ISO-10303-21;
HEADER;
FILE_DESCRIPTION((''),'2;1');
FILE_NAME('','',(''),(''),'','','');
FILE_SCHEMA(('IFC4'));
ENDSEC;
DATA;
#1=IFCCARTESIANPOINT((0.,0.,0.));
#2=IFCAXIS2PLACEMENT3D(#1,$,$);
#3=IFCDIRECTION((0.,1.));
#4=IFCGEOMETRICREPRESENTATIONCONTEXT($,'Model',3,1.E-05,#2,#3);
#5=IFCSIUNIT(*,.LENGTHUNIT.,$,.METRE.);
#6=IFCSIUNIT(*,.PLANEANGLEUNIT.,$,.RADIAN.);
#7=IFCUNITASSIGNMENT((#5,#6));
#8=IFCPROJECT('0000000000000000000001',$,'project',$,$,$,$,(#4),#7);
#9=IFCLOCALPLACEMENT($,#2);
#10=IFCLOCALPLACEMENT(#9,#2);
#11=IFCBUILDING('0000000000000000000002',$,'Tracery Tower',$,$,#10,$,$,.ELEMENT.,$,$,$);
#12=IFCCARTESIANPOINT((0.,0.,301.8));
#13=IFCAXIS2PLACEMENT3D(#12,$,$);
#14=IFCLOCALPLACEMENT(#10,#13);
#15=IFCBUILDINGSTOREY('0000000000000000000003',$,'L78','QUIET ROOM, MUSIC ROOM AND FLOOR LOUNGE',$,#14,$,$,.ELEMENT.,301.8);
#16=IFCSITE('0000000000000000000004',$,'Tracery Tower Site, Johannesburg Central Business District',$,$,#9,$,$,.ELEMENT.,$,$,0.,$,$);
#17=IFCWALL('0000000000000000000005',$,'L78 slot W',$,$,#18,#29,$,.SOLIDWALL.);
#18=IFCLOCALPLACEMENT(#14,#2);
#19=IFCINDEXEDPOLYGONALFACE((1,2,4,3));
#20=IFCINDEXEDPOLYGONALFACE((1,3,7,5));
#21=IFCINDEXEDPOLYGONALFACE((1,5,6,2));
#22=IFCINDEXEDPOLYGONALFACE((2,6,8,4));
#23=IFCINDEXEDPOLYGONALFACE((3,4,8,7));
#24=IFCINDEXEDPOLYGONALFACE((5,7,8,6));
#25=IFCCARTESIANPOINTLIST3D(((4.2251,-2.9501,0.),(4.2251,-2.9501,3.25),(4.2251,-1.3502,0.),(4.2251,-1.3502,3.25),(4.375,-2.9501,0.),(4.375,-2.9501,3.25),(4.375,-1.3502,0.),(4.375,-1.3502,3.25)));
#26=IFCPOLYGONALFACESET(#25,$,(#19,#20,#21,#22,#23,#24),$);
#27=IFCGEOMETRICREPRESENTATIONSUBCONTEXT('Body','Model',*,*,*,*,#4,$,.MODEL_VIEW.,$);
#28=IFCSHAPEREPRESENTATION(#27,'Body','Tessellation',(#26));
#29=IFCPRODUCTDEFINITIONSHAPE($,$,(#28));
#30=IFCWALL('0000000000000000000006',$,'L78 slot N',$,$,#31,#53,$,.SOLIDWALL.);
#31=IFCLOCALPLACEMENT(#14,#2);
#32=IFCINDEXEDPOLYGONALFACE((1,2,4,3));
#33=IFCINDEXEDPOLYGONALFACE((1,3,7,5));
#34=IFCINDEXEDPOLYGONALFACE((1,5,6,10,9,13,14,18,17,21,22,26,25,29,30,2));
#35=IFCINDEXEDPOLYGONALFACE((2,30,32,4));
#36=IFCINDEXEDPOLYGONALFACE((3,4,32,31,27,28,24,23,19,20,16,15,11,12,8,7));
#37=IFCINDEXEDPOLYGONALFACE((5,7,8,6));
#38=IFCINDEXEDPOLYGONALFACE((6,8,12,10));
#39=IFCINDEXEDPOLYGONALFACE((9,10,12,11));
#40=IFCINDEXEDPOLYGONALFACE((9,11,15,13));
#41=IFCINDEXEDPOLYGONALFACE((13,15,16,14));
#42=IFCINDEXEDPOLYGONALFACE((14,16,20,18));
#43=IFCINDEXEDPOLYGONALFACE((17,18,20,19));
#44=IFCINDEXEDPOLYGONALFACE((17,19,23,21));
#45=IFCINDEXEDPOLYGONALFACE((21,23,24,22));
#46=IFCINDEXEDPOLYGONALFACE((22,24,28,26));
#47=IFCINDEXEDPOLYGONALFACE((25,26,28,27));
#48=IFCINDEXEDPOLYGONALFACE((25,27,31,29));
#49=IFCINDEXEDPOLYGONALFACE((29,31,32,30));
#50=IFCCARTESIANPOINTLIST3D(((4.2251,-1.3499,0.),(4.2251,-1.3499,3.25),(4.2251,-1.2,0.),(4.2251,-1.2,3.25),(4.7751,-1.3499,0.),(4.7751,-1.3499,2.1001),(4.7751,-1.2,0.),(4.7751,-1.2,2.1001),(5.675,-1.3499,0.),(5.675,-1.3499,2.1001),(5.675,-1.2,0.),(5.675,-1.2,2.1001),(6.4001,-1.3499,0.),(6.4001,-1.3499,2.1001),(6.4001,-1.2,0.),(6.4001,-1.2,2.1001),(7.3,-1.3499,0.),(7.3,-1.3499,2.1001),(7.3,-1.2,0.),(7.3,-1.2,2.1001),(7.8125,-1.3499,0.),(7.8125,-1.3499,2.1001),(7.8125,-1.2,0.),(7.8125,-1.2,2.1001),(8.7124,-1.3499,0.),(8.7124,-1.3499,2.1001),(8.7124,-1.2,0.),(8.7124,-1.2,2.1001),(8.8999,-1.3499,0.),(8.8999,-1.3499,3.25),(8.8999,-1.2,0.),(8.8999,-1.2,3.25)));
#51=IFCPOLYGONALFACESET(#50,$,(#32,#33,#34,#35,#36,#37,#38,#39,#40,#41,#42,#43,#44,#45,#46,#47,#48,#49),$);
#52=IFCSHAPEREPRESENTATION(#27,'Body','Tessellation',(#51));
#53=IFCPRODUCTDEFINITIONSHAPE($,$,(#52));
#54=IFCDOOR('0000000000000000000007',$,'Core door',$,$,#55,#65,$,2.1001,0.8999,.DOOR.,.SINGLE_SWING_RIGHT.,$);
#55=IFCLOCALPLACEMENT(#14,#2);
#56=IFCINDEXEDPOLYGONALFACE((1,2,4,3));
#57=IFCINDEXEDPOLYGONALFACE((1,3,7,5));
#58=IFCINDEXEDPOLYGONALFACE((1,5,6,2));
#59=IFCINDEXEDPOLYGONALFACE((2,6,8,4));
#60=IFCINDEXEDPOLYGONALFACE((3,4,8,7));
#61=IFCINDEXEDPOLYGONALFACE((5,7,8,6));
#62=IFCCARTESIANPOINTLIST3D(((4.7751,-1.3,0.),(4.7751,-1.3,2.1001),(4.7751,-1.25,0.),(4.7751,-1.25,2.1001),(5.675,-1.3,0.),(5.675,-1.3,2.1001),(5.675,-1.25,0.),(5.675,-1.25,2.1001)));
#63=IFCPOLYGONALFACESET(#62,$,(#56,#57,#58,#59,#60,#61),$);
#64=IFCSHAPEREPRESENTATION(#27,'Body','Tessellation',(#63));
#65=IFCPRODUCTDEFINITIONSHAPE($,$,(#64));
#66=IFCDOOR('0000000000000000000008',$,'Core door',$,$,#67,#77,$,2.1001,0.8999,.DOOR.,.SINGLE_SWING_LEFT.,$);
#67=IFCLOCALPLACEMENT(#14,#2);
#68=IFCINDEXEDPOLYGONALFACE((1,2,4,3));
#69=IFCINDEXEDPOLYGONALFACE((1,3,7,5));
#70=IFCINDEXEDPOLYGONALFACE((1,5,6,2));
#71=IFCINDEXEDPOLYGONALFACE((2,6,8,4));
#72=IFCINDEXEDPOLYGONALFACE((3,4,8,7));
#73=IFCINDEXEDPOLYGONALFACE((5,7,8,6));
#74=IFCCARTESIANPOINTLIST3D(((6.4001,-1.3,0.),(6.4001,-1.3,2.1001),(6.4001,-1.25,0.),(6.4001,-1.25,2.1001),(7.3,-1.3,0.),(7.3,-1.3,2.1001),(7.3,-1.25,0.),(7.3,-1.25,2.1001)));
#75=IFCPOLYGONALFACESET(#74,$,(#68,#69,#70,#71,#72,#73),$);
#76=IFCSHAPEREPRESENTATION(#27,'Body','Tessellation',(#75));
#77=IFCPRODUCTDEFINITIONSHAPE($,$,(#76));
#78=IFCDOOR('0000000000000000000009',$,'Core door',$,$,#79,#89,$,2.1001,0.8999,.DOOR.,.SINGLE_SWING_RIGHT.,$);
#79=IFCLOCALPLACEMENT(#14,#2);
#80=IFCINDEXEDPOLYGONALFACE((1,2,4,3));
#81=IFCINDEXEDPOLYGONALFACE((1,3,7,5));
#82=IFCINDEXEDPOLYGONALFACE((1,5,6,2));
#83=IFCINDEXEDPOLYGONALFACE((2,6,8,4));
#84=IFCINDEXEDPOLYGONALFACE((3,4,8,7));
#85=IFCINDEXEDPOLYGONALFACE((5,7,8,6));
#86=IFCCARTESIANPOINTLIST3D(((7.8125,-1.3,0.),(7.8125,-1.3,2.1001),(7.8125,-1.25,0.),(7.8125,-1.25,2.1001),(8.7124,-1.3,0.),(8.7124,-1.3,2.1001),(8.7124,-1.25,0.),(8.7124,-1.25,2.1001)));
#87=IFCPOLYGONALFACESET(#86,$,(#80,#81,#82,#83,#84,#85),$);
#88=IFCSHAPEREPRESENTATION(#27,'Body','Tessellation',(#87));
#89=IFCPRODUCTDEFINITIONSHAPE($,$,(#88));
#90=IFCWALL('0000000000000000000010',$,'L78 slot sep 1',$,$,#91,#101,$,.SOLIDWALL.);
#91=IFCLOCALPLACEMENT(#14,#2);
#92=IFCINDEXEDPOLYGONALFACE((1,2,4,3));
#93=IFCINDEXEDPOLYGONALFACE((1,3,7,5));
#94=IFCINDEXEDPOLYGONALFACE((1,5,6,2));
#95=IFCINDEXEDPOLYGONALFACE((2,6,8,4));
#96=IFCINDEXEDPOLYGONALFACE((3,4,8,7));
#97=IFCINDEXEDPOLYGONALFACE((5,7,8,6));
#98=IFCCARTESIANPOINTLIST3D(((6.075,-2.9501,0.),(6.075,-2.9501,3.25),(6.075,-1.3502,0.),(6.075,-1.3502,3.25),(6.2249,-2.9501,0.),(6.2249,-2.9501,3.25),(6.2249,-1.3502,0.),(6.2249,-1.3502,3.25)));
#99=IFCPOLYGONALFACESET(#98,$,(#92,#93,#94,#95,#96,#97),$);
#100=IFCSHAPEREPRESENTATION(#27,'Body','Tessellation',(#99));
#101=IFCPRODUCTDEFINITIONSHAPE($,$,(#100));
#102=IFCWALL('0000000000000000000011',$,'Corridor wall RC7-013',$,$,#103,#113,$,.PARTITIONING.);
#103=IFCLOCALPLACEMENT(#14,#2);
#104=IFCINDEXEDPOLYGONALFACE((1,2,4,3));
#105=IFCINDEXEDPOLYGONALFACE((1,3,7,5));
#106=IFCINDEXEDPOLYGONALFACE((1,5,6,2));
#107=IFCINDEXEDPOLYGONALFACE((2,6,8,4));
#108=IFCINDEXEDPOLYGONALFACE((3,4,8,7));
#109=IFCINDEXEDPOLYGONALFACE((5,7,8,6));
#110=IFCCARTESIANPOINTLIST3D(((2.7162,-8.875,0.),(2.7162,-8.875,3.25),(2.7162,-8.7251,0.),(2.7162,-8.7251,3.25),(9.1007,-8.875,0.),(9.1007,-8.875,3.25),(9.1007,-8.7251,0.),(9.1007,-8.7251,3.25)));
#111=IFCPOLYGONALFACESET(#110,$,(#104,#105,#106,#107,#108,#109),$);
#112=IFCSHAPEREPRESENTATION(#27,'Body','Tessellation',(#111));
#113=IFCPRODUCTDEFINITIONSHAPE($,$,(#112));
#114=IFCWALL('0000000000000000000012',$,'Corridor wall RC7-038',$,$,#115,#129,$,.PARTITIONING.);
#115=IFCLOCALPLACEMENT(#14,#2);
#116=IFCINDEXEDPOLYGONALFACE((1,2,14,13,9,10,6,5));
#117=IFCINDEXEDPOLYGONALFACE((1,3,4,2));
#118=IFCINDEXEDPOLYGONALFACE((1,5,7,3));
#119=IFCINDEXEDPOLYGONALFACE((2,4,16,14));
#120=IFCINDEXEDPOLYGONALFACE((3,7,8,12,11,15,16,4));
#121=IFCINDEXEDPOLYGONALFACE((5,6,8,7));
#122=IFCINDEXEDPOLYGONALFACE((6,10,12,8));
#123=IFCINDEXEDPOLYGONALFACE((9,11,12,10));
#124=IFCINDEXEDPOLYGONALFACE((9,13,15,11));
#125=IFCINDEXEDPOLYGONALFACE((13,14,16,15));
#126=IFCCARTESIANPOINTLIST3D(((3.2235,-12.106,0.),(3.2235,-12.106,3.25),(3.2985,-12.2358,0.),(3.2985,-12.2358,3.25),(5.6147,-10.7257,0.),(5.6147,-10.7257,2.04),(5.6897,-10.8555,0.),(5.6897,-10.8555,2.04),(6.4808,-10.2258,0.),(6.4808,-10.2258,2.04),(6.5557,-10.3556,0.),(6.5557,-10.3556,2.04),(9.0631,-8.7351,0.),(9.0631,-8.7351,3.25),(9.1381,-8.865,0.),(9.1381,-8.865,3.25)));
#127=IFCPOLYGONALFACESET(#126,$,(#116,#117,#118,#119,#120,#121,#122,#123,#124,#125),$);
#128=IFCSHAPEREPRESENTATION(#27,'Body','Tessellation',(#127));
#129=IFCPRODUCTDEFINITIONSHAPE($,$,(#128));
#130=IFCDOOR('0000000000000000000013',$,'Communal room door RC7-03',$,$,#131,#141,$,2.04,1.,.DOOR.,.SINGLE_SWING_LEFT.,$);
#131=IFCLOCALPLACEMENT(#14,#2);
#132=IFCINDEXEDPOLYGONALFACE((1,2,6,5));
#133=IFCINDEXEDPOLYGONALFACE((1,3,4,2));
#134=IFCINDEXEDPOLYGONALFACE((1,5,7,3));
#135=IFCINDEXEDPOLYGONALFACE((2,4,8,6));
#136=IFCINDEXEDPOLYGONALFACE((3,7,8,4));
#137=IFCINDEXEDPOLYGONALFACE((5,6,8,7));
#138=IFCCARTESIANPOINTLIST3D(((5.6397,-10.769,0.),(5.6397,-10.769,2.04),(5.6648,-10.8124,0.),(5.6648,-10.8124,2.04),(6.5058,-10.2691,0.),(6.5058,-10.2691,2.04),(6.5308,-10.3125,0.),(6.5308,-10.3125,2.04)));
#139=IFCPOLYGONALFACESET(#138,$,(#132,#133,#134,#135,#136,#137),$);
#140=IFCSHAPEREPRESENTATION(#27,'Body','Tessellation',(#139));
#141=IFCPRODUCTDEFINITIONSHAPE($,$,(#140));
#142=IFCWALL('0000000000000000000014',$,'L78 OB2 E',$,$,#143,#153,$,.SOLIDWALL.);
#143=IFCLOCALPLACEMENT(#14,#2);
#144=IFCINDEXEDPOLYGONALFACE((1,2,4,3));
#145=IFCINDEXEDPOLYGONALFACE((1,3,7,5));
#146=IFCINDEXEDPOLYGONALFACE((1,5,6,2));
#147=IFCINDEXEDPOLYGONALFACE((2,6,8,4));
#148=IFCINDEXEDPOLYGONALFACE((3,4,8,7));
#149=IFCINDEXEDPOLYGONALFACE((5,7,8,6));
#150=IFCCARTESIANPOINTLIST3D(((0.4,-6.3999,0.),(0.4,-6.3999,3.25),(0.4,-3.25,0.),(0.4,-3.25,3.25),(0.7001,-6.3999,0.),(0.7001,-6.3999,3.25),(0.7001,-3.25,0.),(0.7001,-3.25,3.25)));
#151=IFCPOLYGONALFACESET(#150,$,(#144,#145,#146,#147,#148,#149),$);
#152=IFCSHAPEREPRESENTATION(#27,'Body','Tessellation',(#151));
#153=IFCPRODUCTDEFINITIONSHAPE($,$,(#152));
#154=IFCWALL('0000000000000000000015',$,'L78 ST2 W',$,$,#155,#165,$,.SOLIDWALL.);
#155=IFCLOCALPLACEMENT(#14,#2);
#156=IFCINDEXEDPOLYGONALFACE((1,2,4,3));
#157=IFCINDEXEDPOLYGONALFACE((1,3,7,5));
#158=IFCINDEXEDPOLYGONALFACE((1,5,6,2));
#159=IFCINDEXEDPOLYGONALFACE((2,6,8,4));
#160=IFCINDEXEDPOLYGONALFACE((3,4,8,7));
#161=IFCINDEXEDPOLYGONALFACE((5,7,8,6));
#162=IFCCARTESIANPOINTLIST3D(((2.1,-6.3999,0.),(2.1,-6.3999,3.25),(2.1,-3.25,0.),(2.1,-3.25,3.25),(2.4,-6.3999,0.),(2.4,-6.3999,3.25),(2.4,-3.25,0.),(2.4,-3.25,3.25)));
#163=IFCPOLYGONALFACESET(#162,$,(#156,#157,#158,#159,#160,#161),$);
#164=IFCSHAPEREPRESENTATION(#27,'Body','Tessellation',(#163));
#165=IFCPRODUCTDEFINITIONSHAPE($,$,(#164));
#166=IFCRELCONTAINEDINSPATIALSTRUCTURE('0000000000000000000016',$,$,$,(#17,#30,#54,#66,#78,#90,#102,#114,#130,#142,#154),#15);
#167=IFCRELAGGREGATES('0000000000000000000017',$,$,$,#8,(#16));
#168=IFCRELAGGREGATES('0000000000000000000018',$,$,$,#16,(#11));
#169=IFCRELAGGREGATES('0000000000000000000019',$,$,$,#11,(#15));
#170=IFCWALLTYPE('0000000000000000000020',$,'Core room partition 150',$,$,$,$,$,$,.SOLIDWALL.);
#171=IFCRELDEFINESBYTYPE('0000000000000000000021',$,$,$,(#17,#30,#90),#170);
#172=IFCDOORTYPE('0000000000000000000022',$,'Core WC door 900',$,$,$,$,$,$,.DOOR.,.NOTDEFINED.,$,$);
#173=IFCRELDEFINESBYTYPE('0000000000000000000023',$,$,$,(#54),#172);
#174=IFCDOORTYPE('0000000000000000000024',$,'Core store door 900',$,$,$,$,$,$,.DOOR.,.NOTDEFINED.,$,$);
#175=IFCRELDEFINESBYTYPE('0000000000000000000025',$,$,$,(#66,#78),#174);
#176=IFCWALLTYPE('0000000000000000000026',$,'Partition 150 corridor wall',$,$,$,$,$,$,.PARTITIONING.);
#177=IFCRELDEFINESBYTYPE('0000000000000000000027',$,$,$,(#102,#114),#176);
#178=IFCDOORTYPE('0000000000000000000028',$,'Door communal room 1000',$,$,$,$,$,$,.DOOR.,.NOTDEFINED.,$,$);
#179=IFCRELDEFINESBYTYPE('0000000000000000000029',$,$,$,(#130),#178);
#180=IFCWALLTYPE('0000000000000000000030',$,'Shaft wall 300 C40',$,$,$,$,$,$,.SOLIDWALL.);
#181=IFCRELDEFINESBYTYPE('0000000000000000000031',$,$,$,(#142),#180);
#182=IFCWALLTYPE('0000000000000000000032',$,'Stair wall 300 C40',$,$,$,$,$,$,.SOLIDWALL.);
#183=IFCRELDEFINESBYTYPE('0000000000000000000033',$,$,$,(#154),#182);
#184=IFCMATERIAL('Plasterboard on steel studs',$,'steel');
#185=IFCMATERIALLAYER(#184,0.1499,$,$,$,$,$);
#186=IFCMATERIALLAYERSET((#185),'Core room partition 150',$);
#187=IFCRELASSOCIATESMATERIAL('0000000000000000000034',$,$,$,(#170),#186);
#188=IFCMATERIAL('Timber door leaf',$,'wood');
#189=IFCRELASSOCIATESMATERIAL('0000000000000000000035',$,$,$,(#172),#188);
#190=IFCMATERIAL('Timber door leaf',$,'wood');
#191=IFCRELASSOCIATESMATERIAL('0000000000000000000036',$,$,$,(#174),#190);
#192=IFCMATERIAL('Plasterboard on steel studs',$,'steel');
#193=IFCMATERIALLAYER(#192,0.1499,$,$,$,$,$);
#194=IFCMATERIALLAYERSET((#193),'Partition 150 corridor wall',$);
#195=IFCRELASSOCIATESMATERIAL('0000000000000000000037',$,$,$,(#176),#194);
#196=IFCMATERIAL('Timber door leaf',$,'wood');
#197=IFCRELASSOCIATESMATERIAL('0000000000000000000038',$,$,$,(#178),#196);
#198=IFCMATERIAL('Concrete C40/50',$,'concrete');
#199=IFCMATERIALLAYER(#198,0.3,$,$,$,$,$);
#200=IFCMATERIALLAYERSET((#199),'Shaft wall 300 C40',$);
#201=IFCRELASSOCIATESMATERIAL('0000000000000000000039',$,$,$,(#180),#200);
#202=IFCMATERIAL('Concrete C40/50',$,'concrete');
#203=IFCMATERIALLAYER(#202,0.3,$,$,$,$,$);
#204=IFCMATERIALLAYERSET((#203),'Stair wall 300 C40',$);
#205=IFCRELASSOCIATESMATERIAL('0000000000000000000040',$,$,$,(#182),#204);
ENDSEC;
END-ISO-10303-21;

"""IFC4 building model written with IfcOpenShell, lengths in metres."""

from ifc_helpers import new_model, si_unit, direction, frame, frame_2d, origin, place, context, subcontext, project, spatial, rectangle, extrude, material, layer, layer_set, type_object, element, fill, save


model = new_model("IFC4")

# Units and contexts
model_context = context("Model", 3, precision=1e-05, world=origin(), true_north=direction((0.0, 1.0)))
body_context = subcontext(model_context, "Body", "Model", "MODEL_VIEW")
ifc_project = project(units=[si_unit("LENGTHUNIT", "METRE"), si_unit("PLANEANGLEUNIT", "RADIAN")], contexts=[model_context])

# Site, building, storey
site_placement = place(None, origin())
site = spatial("IfcSite", under=ifc_project, at=site_placement, Name="Tracery Tower Site, Johannesburg Central Business District", CompositionType="ELEMENT", RefElevation=0.0)
building_placement = place(site_placement, origin())
building = spatial("IfcBuilding", under=site, at=building_placement, Name="Tracery Tower", CompositionType="ELEMENT")
storey_placement = place(building_placement, frame((0.0, 0.0, 301.8)))
storey = spatial("IfcBuildingStorey", under=building, at=storey_placement, Name="L78", Description="QUIET ROOM, MUSIC ROOM AND FLOOR LOUNGE", CompositionType="ELEMENT", Elevation=301.8)

# Wall
ifc_material_1 = material(Name="Plasterboard on steel studs", Category="steel")
ifc_layer_1 = layer(ifc_material_1, 0.1499)
ifc_layer_set_1 = layer_set([ifc_layer_1], Name="Core room partition 150")
wall_type_1 = type_object("IfcWallType", Name="Core room partition 150", PredefinedType="SOLIDWALL", material=ifc_layer_set_1)
wall_1_placement = place(storey_placement, frame((4.3, -2.95, 0.0), z_axis=(0.0, 0.0, 1.0), x_axis=(0.0, 1.0, 0.0)))
element("IfcWall", 1, at=wall_1_placement, inside=storey, type_object=wall_type_1, Name="L78 slot W", PredefinedType="SOLIDWALL", context=body_context, shape_type="SweptSolid", body=[
    extrude(rectangle(XDim=1.5999, YDim=0.1499, at=frame_2d((0.7998, 0.0))), origin(), (0.0, 0.0, 1.0), 3.25),
])

# Wall, openings, doors
wall_2_placement = place(storey_placement, frame((4.2251, -1.2749, 0.0), z_axis=(0.0, 0.0, 1.0), x_axis=(1.0, 0.0, 0.0)))
wall_2 = element("IfcWall", 2, at=wall_2_placement, inside=storey, type_object=wall_type_1, Name="L78 slot N", PredefinedType="SOLIDWALL", context=body_context, shape_type="SweptSolid", body=[
    extrude(rectangle(XDim=4.6748, YDim=0.1499, at=frame_2d((2.3374, 0.0))), origin(), (0.0, 0.0, 1.0), 3.25),
])
opening_1_placement = place(wall_2_placement, frame((0.55, 0.0, 0.0)))
opening_1 = element("IfcOpeningElement", 3, at=opening_1_placement, cuts=wall_2, PredefinedType="OPENING", context=body_context, shape_type="SweptSolid", body=[
    extrude(rectangle(XDim=0.8999, YDim=2.1001, at=frame_2d((0.45, 1.05))), frame((0.0, 0.075, 0.0), z_axis=(0.0, -1.0, 0.0), x_axis=(1.0, 0.0, 0.0)), (0.0, 0.0, 1.0), 0.1499),
])
opening_2_placement = place(wall_2_placement, frame((2.175, 0.0, 0.0)))
opening_2 = element("IfcOpeningElement", 4, at=opening_2_placement, cuts=wall_2, PredefinedType="OPENING", context=body_context, shape_type="SweptSolid", body=[
    extrude(rectangle(XDim=0.8999, YDim=2.1001, at=frame_2d((0.45, 1.05))), frame((0.0, 0.075, 0.0), z_axis=(0.0, -1.0, 0.0), x_axis=(1.0, 0.0, 0.0)), (0.0, 0.0, 1.0), 0.1499),
])
opening_3_placement = place(wall_2_placement, frame((3.5874, 0.0, 0.0)))
opening_3 = element("IfcOpeningElement", 5, at=opening_3_placement, cuts=wall_2, PredefinedType="OPENING", context=body_context, shape_type="SweptSolid", body=[
    extrude(rectangle(XDim=0.8999, YDim=2.1001, at=frame_2d((0.45, 1.05))), frame((0.0, 0.075, 0.0), z_axis=(0.0, -1.0, 0.0), x_axis=(1.0, 0.0, 0.0)), (0.0, 0.0, 1.0), 0.1499),
])
ifc_material_2 = material(Name="Timber door leaf", Category="wood")
door_type_1 = type_object("IfcDoorType", Name="Core WC door 900", OperationType="NOTDEFINED", PredefinedType="DOOR", material=ifc_material_2)
door_1_placement = place(opening_1_placement, origin())
door_1 = element("IfcDoor", 6, at=door_1_placement, inside=storey, type_object=door_type_1, Name="Core door", OperationType="SINGLE_SWING_RIGHT", OverallHeight=2.1001, OverallWidth=0.8999, PredefinedType="DOOR", context=body_context, shape_type="SweptSolid", body=[
    extrude(rectangle(XDim=0.8999, YDim=2.1001, at=frame_2d((0.45, 1.05))), frame((0.0, 0.0249, 0.0), z_axis=(0.0, -1.0, 0.0), x_axis=(1.0, 0.0, 0.0)), (0.0, 0.0, 1.0), 0.05),
])
fill(opening_1, door_1)
ifc_material_3 = material(Name="Timber door leaf", Category="wood")
door_type_2 = type_object("IfcDoorType", Name="Core store door 900", OperationType="NOTDEFINED", PredefinedType="DOOR", material=ifc_material_3)
door_2_placement = place(opening_2_placement, origin())
door_2 = element("IfcDoor", 7, at=door_2_placement, inside=storey, type_object=door_type_2, Name="Core door", OperationType="SINGLE_SWING_LEFT", OverallHeight=2.1001, OverallWidth=0.8999, PredefinedType="DOOR", context=body_context, shape_type="SweptSolid", body=[
    extrude(rectangle(XDim=0.8999, YDim=2.1001, at=frame_2d((0.45, 1.05))), frame((0.0, 0.0249, 0.0), z_axis=(0.0, -1.0, 0.0), x_axis=(1.0, 0.0, 0.0)), (0.0, 0.0, 1.0), 0.05),
])
fill(opening_2, door_2)
door_3_placement = place(opening_3_placement, origin())
door_3 = element("IfcDoor", 8, at=door_3_placement, inside=storey, type_object=door_type_2, Name="Core door", OperationType="SINGLE_SWING_RIGHT", OverallHeight=2.1001, OverallWidth=0.8999, PredefinedType="DOOR", context=body_context, shape_type="SweptSolid", body=[
    extrude(rectangle(XDim=0.8999, YDim=2.1001, at=frame_2d((0.45, 1.05))), frame((0.0, 0.0249, 0.0), z_axis=(0.0, -1.0, 0.0), x_axis=(1.0, 0.0, 0.0)), (0.0, 0.0, 1.0), 0.05),
])
fill(opening_3, door_3)

# Walls
wall_3_placement = place(storey_placement, frame((6.1499, -2.95, 0.0), z_axis=(0.0, 0.0, 1.0), x_axis=(0.0, 1.0, 0.0)))
element("IfcWall", 9, at=wall_3_placement, inside=storey, type_object=wall_type_1, Name="L78 slot sep 1", PredefinedType="SOLIDWALL", context=body_context, shape_type="SweptSolid", body=[
    extrude(rectangle(XDim=1.5999, YDim=0.1499, at=frame_2d((0.7998, 0.0))), origin(), (0.0, 0.0, 1.0), 3.25),
])
ifc_material_4 = material(Name="Plasterboard on steel studs", Category="steel")
ifc_layer_2 = layer(ifc_material_4, 0.1499)
ifc_layer_set_2 = layer_set([ifc_layer_2], Name="Partition 150 corridor wall")
wall_type_2 = type_object("IfcWallType", Name="Partition 150 corridor wall", PredefinedType="PARTITIONING", material=ifc_layer_set_2)
wall_4_placement = place(storey_placement, frame((2.7161, -8.8, 0.0), z_axis=(0.0, 0.0, 1.0), x_axis=(1.0, 0.0, 0.0)))
element("IfcWall", 10, at=wall_4_placement, inside=storey, type_object=wall_type_2, Name="Corridor wall RC7-013", PredefinedType="PARTITIONING", context=body_context, shape_type="SweptSolid", body=[
    extrude(rectangle(XDim=6.3845, YDim=0.1499, at=frame_2d((3.1924, 0.0))), origin(), (0.0, 0.0, 1.0), 3.25),
])

# Wall, opening, door
wall_5_placement = place(storey_placement, frame((3.261, -12.1709, 0.0), z_axis=(0.0, 0.0, 1.0), x_axis=(0.866067, 0.499928, 0.0)))
wall_5 = element("IfcWall", 11, at=wall_5_placement, inside=storey, type_object=wall_type_2, Name="Corridor wall RC7-038", PredefinedType="PARTITIONING", context=body_context, shape_type="SweptSolid", body=[
    extrude(rectangle(XDim=6.7427, YDim=0.1499, at=frame_2d((3.3713, 0.0))), origin(), (0.0, 0.0, 1.0), 3.25),
])
opening_4_placement = place(wall_5_placement, frame((2.761, 0.0, 0.0)))
opening_4 = element("IfcOpeningElement", 12, at=opening_4_placement, cuts=wall_5, PredefinedType="OPENING", context=body_context, shape_type="SweptSolid", body=[
    extrude(rectangle(XDim=1.0, YDim=2.04, at=frame_2d((0.5, 1.02))), frame((0.0, 0.075, 0.0), z_axis=(0.0, -1.0, 0.0), x_axis=(1.0, 0.0, 0.0)), (0.0, 0.0, 1.0), 0.1499),
])
ifc_material_5 = material(Name="Timber door leaf", Category="wood")
door_type_3 = type_object("IfcDoorType", Name="Door communal room 1000", OperationType="NOTDEFINED", PredefinedType="DOOR", material=ifc_material_5)
door_4_placement = place(opening_4_placement, origin())
door_4 = element("IfcDoor", 13, at=door_4_placement, inside=storey, type_object=door_type_3, Name="Communal room door RC7-03", OperationType="SINGLE_SWING_LEFT", OverallHeight=2.04, OverallWidth=1.0, PredefinedType="DOOR", context=body_context, shape_type="SweptSolid", body=[
    extrude(rectangle(XDim=1.0, YDim=2.04, at=frame_2d((0.5, 1.02))), frame((0.0, 0.0249, 0.0), z_axis=(0.0, -1.0, 0.0), x_axis=(1.0, 0.0, 0.0)), (0.0, 0.0, 1.0), 0.05),
])
fill(opening_4, door_4)

# Wall
ifc_material_6 = material(Name="Concrete C40/50", Category="concrete")
ifc_layer_3 = layer(ifc_material_6, 0.3)
ifc_layer_set_3 = layer_set([ifc_layer_3], Name="Shaft wall 300 C40")
wall_type_3 = type_object("IfcWallType", Name="Shaft wall 300 C40", PredefinedType="SOLIDWALL", material=ifc_layer_set_3)
wall_6_placement = place(storey_placement, frame((0.55, -6.3999, 0.0), z_axis=(0.0, 0.0, 1.0), x_axis=(0.0, 1.0, 0.0)))
element("IfcWall", 14, at=wall_6_placement, inside=storey, type_object=wall_type_3, Name="L78 OB2 E", PredefinedType="SOLIDWALL", context=body_context, shape_type="SweptSolid", body=[
    extrude(rectangle(XDim=3.1499, YDim=0.3, at=frame_2d((1.575, 0.0))), origin(), (0.0, 0.0, 1.0), 3.25),
])

# Shared definitions
ifc_material_7 = material(Name="Concrete C40/50", Category="concrete")
ifc_layer_4 = layer(ifc_material_7, 0.3)
ifc_layer_set_4 = layer_set([ifc_layer_4], Name="Stair wall 300 C40")
wall_type_4 = type_object("IfcWallType", Name="Stair wall 300 C40", PredefinedType="SOLIDWALL", material=ifc_layer_set_4)

# Wall
wall_7_placement = place(storey_placement, frame((2.25, -6.3999, 0.0), z_axis=(0.0, 0.0, 1.0), x_axis=(0.0, 1.0, 0.0)))
element("IfcWall", 15, at=wall_7_placement, inside=storey, type_object=wall_type_4, Name="L78 ST2 W", PredefinedType="SOLIDWALL", context=body_context, shape_type="SweptSolid", body=[
    extrude(rectangle(XDim=3.1499, YDim=0.3, at=frame_2d((1.575, 0.0))), origin(), (0.0, 0.0, 1.0), 3.25),
])

save(model, "model.ifc")
